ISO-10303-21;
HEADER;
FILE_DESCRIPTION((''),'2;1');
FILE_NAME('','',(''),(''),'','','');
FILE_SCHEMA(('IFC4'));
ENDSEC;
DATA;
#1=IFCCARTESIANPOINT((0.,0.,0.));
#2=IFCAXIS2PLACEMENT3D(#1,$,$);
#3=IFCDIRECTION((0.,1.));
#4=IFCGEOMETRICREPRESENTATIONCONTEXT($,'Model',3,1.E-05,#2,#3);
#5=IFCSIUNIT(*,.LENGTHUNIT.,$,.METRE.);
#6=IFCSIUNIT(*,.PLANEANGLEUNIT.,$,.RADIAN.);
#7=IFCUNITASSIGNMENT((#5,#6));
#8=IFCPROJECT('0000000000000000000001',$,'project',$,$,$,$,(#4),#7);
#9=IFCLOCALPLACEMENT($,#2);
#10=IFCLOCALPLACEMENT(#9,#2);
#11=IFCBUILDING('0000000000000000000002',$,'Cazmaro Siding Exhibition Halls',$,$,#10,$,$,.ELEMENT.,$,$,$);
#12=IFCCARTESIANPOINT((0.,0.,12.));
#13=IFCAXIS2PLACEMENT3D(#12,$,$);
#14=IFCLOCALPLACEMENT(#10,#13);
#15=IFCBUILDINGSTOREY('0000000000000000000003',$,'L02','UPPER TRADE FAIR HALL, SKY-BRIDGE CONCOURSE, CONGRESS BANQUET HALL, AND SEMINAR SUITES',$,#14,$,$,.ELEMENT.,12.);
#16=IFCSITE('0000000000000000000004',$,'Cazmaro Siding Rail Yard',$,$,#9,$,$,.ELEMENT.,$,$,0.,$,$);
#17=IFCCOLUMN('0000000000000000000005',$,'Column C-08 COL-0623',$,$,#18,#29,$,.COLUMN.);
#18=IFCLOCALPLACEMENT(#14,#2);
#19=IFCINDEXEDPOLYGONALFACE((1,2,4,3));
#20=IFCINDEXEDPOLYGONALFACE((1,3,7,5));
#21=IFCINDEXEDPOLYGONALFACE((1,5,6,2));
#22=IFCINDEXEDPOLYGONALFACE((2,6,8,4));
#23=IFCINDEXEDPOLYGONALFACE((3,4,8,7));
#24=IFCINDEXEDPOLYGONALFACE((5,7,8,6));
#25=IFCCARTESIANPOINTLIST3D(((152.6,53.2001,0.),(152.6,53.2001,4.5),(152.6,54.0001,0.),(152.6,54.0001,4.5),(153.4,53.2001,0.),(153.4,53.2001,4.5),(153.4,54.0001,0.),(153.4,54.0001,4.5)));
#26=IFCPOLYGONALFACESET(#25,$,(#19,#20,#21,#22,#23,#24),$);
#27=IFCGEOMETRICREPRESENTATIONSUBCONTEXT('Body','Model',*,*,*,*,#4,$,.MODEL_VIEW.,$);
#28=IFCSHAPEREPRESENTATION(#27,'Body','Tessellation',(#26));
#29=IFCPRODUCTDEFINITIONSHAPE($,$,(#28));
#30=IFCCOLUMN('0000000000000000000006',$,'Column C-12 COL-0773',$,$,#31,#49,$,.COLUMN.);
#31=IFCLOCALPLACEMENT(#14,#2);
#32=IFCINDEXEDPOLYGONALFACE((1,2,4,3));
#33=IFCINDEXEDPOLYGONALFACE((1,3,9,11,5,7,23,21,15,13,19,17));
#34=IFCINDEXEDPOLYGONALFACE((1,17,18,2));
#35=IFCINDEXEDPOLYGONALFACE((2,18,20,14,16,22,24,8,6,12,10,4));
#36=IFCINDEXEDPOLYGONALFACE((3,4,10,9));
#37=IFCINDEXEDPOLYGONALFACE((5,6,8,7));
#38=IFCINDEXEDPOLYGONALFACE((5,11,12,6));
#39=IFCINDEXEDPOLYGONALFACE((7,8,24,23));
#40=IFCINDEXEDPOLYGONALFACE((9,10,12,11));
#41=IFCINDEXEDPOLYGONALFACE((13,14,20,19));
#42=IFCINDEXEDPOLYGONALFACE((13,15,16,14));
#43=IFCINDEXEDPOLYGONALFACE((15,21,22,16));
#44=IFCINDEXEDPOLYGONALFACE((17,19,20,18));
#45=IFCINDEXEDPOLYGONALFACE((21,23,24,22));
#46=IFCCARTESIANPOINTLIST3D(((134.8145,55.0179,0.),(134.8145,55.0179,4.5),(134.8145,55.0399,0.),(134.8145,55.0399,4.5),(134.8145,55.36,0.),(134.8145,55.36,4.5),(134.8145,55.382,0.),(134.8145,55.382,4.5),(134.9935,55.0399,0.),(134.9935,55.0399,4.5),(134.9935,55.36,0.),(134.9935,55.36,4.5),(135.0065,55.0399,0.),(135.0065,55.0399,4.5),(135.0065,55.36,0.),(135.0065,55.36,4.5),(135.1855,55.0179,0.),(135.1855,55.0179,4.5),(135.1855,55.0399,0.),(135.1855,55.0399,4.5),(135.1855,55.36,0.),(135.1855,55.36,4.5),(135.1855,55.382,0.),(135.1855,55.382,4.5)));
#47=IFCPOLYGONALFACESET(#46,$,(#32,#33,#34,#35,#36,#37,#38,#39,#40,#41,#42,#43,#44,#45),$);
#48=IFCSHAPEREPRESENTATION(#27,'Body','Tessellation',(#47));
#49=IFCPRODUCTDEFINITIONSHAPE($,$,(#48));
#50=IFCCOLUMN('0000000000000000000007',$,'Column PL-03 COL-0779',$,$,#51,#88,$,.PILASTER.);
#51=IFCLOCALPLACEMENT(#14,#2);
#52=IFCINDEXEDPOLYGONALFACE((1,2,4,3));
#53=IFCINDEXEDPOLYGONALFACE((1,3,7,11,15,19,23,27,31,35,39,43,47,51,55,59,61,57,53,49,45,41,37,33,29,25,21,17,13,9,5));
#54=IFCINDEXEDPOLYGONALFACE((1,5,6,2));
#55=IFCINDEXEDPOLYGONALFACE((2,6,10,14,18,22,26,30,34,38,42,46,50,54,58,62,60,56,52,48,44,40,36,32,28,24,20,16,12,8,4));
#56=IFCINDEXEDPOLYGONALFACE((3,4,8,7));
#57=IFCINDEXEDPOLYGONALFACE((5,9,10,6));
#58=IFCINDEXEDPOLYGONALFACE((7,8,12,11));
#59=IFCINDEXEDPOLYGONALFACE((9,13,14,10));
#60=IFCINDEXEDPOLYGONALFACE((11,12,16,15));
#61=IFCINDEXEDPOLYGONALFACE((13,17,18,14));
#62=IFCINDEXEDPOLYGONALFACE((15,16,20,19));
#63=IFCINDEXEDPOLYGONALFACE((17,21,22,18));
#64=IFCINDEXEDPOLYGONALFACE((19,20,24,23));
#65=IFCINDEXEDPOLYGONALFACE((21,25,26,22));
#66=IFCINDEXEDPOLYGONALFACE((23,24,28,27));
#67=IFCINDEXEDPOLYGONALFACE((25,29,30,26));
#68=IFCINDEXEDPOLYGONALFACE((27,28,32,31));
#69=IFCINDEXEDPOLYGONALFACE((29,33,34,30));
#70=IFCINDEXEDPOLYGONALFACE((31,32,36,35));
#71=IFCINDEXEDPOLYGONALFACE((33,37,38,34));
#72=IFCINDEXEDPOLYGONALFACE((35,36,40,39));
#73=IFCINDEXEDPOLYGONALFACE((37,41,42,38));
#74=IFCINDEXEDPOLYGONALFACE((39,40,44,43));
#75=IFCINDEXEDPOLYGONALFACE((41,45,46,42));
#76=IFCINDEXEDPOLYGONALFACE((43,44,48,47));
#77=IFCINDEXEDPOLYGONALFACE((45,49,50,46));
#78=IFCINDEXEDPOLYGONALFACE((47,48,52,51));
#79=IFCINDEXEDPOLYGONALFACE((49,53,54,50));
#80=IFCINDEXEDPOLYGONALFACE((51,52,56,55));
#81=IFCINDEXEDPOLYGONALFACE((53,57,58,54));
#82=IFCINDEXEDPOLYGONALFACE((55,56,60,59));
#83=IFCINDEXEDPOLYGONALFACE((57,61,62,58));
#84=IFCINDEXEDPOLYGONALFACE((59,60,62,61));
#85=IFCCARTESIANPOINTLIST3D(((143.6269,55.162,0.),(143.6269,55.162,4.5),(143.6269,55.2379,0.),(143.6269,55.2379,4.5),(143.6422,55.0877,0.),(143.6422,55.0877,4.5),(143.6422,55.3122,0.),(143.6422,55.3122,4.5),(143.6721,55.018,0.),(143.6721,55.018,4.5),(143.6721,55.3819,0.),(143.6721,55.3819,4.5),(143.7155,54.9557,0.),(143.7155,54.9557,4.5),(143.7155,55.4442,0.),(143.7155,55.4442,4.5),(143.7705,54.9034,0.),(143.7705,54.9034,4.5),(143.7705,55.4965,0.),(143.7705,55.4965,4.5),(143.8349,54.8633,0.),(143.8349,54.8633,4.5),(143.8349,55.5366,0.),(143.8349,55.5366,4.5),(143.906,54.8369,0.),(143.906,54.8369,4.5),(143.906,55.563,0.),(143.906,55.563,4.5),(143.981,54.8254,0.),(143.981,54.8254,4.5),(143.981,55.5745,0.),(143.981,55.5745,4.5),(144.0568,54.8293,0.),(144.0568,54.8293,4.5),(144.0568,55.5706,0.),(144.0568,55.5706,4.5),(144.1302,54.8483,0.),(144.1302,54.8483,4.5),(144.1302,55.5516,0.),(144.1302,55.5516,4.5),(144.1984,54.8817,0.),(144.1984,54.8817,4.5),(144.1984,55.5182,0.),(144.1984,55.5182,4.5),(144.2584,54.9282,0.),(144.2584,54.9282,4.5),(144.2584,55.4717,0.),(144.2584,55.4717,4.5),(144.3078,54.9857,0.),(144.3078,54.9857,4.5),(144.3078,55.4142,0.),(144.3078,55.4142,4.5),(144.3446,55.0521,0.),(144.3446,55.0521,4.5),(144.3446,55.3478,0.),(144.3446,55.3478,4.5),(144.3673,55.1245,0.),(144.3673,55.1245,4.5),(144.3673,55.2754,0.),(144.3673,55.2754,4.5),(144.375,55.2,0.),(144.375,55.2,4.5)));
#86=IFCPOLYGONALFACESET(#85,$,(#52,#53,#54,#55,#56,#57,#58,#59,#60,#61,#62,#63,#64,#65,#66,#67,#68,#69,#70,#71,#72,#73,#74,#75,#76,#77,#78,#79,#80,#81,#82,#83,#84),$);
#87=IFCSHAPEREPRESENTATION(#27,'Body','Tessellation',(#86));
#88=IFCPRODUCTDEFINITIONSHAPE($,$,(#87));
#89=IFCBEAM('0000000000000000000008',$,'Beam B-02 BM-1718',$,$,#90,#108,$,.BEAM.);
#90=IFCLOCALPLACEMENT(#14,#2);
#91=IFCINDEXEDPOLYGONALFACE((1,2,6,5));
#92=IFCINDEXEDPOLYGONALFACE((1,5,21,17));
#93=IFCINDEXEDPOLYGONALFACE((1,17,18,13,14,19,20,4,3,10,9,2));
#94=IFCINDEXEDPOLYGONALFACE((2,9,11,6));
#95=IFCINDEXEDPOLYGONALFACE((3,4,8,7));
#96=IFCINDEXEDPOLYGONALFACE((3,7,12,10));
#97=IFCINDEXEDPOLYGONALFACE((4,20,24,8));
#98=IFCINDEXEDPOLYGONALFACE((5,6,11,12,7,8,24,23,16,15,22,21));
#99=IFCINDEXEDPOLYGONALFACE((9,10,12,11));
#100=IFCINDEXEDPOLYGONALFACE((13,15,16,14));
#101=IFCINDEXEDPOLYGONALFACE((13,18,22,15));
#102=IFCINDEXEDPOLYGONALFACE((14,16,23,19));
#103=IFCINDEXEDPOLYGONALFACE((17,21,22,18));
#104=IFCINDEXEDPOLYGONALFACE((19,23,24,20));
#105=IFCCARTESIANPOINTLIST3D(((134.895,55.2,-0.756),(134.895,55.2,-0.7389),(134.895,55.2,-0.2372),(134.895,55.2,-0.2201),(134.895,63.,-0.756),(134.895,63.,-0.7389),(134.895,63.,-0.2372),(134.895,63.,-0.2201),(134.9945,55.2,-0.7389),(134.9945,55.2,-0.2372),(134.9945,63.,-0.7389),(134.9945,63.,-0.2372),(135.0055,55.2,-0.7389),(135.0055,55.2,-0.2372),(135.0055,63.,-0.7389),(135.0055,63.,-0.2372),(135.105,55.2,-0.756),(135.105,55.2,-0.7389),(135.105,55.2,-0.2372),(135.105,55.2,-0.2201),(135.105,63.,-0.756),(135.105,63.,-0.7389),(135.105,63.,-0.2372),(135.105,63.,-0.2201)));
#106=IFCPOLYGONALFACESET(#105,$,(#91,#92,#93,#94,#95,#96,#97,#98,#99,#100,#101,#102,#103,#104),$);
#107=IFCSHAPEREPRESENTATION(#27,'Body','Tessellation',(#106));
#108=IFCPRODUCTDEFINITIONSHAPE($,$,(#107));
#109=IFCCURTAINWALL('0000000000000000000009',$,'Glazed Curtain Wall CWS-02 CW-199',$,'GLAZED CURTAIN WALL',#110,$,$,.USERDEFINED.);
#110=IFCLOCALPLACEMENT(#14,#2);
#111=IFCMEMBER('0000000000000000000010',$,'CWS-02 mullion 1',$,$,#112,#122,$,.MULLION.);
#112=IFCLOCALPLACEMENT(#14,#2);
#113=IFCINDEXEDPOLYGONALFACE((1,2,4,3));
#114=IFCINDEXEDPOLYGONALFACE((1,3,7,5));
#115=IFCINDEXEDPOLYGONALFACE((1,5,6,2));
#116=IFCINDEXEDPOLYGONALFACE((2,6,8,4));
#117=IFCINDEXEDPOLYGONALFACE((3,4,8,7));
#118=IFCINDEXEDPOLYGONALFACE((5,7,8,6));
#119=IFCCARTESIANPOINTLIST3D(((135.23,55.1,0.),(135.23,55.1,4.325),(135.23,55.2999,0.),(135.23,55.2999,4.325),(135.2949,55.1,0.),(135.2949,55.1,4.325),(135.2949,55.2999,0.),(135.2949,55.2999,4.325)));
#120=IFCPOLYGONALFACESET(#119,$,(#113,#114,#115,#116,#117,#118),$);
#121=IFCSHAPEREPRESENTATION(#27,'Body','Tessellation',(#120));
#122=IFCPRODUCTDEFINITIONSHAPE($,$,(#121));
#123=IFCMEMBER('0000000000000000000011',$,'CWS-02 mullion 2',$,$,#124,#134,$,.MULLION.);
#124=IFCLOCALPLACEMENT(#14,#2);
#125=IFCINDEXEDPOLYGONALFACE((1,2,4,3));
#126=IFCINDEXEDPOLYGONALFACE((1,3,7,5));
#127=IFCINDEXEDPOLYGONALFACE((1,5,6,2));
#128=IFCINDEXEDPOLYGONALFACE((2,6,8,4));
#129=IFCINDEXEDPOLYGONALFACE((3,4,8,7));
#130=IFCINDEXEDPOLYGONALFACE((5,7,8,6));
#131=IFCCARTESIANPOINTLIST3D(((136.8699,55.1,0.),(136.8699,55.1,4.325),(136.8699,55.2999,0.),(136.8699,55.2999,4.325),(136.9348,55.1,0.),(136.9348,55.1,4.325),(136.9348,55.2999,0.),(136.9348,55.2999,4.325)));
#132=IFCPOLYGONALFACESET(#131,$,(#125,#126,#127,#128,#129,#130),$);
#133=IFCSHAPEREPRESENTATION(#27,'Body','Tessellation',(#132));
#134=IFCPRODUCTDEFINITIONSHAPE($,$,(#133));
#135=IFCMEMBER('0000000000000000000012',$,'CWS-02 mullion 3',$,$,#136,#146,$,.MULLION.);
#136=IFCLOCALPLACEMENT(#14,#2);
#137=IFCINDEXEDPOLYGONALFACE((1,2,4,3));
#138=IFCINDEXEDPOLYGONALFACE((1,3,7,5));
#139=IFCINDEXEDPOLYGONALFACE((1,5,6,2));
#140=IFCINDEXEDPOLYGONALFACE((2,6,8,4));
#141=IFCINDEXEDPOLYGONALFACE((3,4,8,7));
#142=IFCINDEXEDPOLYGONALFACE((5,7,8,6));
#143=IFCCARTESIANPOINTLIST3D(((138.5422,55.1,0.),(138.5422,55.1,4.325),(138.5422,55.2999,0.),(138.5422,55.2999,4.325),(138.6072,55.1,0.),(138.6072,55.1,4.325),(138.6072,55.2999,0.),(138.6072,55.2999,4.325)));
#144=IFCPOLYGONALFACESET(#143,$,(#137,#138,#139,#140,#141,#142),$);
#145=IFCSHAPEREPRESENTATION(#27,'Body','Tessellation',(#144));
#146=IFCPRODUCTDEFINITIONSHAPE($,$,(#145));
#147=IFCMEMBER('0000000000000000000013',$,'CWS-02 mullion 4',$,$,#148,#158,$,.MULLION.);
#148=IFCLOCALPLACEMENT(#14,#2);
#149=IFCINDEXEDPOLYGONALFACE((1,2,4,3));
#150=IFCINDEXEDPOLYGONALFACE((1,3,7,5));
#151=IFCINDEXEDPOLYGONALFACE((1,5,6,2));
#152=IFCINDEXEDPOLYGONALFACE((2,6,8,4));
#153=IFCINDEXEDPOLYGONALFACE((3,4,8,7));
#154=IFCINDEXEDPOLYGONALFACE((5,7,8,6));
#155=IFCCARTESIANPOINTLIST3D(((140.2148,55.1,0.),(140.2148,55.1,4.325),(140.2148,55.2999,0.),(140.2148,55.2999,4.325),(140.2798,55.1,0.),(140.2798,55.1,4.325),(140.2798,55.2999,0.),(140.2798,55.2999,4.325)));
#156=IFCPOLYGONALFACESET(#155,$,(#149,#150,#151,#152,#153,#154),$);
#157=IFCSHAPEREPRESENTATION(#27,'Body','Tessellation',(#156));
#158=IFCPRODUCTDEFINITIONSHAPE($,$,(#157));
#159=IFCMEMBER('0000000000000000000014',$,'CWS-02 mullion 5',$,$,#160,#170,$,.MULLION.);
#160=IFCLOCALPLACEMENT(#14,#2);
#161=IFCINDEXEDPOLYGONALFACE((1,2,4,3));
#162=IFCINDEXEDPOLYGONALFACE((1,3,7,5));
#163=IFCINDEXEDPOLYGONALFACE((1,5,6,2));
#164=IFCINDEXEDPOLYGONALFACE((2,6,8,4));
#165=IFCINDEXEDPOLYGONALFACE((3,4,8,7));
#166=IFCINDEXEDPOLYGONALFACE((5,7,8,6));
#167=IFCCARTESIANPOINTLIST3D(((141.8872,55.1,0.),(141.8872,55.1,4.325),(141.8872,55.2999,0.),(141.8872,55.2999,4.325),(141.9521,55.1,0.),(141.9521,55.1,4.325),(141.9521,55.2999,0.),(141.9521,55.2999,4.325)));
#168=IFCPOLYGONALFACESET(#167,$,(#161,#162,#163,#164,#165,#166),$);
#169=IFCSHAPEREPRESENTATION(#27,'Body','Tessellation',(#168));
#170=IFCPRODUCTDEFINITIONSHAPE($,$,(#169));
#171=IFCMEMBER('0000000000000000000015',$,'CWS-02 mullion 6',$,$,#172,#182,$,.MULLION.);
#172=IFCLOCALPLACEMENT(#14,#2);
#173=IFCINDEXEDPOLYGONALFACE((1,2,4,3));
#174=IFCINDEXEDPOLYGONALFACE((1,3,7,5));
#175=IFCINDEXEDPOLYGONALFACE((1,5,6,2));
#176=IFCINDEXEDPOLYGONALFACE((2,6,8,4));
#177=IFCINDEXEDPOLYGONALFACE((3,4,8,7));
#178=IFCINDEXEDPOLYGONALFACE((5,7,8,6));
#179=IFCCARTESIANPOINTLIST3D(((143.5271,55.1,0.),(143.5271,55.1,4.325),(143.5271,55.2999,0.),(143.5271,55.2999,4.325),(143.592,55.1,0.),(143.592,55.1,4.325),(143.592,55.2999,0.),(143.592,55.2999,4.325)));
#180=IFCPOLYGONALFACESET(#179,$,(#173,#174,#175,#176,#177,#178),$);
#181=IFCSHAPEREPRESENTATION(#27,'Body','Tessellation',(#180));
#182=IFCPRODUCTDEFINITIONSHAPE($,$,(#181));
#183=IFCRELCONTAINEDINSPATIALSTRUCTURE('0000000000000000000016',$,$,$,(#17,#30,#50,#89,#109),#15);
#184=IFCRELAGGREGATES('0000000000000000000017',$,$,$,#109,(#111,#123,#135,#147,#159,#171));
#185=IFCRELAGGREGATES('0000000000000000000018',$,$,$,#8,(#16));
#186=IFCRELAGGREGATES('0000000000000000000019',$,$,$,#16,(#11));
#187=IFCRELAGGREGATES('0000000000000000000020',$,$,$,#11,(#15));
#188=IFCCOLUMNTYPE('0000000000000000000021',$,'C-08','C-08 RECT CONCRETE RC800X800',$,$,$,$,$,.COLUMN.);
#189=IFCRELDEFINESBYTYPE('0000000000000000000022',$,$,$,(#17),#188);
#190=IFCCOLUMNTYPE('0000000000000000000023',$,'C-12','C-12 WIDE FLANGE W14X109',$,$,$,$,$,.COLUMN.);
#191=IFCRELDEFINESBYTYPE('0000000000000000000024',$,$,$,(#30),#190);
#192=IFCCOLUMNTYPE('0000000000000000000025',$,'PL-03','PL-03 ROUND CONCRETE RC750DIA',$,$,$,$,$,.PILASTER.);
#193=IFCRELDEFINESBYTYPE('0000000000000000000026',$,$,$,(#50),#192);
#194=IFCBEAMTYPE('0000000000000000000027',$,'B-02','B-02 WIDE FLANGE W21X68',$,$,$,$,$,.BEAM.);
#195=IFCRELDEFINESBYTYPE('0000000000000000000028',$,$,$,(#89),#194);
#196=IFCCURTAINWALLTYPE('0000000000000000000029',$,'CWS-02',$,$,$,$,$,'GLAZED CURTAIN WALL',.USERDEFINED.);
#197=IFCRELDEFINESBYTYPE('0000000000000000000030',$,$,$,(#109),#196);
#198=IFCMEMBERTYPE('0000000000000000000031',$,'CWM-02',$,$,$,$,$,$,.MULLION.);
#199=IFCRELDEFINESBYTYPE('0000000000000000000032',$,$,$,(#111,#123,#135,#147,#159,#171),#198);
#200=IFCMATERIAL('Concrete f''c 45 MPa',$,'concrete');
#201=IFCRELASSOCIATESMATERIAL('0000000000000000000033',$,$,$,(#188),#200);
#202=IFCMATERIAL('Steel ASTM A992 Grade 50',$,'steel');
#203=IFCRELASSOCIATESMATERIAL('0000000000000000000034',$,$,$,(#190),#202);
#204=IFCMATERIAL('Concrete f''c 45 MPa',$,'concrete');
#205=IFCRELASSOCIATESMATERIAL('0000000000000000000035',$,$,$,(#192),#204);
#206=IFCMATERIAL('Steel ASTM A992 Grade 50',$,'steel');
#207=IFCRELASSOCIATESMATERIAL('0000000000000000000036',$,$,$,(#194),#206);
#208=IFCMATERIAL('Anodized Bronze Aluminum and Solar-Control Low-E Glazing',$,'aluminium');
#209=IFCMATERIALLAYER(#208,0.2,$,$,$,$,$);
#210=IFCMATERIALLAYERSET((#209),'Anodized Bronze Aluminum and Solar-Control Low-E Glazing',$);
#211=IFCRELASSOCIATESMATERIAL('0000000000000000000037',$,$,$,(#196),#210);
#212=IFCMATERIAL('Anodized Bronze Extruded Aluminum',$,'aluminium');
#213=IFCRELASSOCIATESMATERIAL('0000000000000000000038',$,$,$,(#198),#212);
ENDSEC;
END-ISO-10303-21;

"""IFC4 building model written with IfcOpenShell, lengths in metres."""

from ifc_helpers import new_model, si_unit, direction, frame, origin, origin_2d, place, context, subcontext, project, spatial, rectangle, circle, i_section, extrude, material, layer, layer_set, material_profile, profile_set, type_object, element, aggregate, save


model = new_model("IFC4")

# Units and contexts
model_context = context("Model", 3, precision=1e-05, world=origin(), true_north=direction((0.0, 1.0)))
body_context = subcontext(model_context, "Body", "Model", "MODEL_VIEW")
ifc_project = project(units=[si_unit("LENGTHUNIT", "METRE"), si_unit("PLANEANGLEUNIT", "RADIAN")], contexts=[model_context])

# Site, building, storey
site_placement = place(None, origin())
site = spatial("IfcSite", under=ifc_project, at=site_placement, Name="Cazmaro Siding Rail Yard", CompositionType="ELEMENT", RefElevation=0.0)
building_placement = place(site_placement, origin())
building = spatial("IfcBuilding", under=site, at=building_placement, Name="Cazmaro Siding Exhibition Halls", CompositionType="ELEMENT")
storey_placement = place(building_placement, frame((0.0, 0.0, 12.0)))
storey = spatial("IfcBuildingStorey", under=building, at=storey_placement, Name="L02", Description="UPPER TRADE FAIR HALL, SKY-BRIDGE CONCOURSE, CONGRESS BANQUET HALL, AND SEMINAR SUITES", CompositionType="ELEMENT", Elevation=12.0)

# Columns
ifc_material_1 = material(Name="Concrete f'c 45 MPa", Category="concrete")
ifc_material_profile_1 = material_profile(ifc_material_1, rectangle(XDim=0.8, YDim=0.8, at=origin_2d()), Name="RC800X800")
ifc_profile_set_1 = profile_set([ifc_material_profile_1], Name="Concrete f'c 45 MPa")
column_type_1 = type_object("IfcColumnType", Name="C-08", Description="C-08 RECT CONCRETE RC800X800", PredefinedType="COLUMN", material=ifc_profile_set_1)
column_1_placement = place(storey_placement, frame((153.0, 53.6001, 0.0), z_axis=(0.0, 0.0, 1.0), x_axis=(1.0, 0.0, 0.0)))
element("IfcColumn", 1, at=column_1_placement, inside=storey, type_object=column_type_1, Name="Column C-08 COL-0623", PredefinedType="COLUMN", context=body_context, shape_type="SweptSolid", body=[
    extrude(rectangle(XDim=0.8, YDim=0.8, at=origin_2d()), origin(), (0.0, 0.0, 1.0), 4.5),
])
ifc_material_2 = material(Name="Steel ASTM A992 Grade 50", Category="steel")
ifc_material_profile_2 = material_profile(ifc_material_2, i_section(OverallWidth=0.3711, OverallDepth=0.364, WebThickness=0.0129, FlangeThickness=0.022, at=origin_2d()), Name="W14X109")
ifc_profile_set_2 = profile_set([ifc_material_profile_2], Name="Steel ASTM A992 Grade 50")
column_type_2 = type_object("IfcColumnType", Name="C-12", Description="C-12 WIDE FLANGE W14X109", PredefinedType="COLUMN", material=ifc_profile_set_2)
column_2_placement = place(storey_placement, frame((135.0, 55.2, 0.0), z_axis=(0.0, 0.0, 1.0), x_axis=(1.0, 0.0, 0.0)))
element("IfcColumn", 2, at=column_2_placement, inside=storey, type_object=column_type_2, Name="Column C-12 COL-0773", PredefinedType="COLUMN", context=body_context, shape_type="SweptSolid", body=[
    extrude(i_section(OverallWidth=0.3711, OverallDepth=0.364, WebThickness=0.0129, FlangeThickness=0.022, at=origin_2d()), origin(), (0.0, 0.0, 1.0), 4.5),
])
ifc_material_3 = material(Name="Concrete f'c 45 MPa", Category="concrete")
ifc_material_profile_3 = material_profile(ifc_material_3, circle(Radius=0.375, at=origin_2d()), Name="RC750DIA")
ifc_profile_set_3 = profile_set([ifc_material_profile_3], Name="Concrete f'c 45 MPa")
column_type_3 = type_object("IfcColumnType", Name="PL-03", Description="PL-03 ROUND CONCRETE RC750DIA", PredefinedType="PILASTER", material=ifc_profile_set_3)
column_3_placement = place(storey_placement, frame((144.0, 55.2, 0.0), z_axis=(0.0, 0.0, 1.0), x_axis=(1.0, 0.0, 0.0)))
element("IfcColumn", 3, at=column_3_placement, inside=storey, type_object=column_type_3, Name="Column PL-03 COL-0779", PredefinedType="PILASTER", context=body_context, shape_type="SweptSolid", body=[
    extrude(circle(Radius=0.375, at=origin_2d()), origin(), (0.0, 0.0, 1.0), 4.5),
])

# Beam
ifc_material_4 = material(Name="Steel ASTM A992 Grade 50", Category="steel")
ifc_material_profile_4 = material_profile(ifc_material_4, i_section(OverallWidth=0.21, OverallDepth=0.5359, WebThickness=0.011, FlangeThickness=0.0171, at=origin_2d()), Name="W21X68")
ifc_profile_set_4 = profile_set([ifc_material_profile_4], Name="Steel ASTM A992 Grade 50")
beam_type_1 = type_object("IfcBeamType", Name="B-02", Description="B-02 WIDE FLANGE W21X68", PredefinedType="BEAM", material=ifc_profile_set_4)
beam_placement = place(storey_placement, frame((135.0, 55.2, -0.488), z_axis=(0.0, 1.0, 0.0), x_axis=(-1.0, 0.0, 0.0)))
element("IfcBeam", 4, at=beam_placement, inside=storey, type_object=beam_type_1, Name="Beam B-02 BM-1718", PredefinedType="BEAM", context=body_context, shape_type="SweptSolid", body=[
    extrude(i_section(OverallWidth=0.21, OverallDepth=0.5359, WebThickness=0.011, FlangeThickness=0.0171, at=origin_2d()), origin(), (0.0, 0.0, 1.0), 7.8),
])

# Curtain wall, members
ifc_material_5 = material(Name="Anodized Bronze Aluminum and Solar-Control Low-E Glazing", Category="aluminium")
ifc_layer_1 = layer(ifc_material_5, 0.2)
ifc_layer_set_1 = layer_set([ifc_layer_1], Name="Anodized Bronze Aluminum and Solar-Control Low-E Glazing")
curtain_wall_type = type_object("IfcCurtainWallType", Name="CWS-02", ElementType="GLAZED CURTAIN WALL", PredefinedType="USERDEFINED", material=ifc_layer_set_1)
curtain_wall_placement = place(storey_placement, origin())
curtain_wall = element("IfcCurtainWall", 5, at=curtain_wall_placement, inside=storey, type_object=curtain_wall_type, Name="Glazed Curtain Wall CWS-02 CW-199", ObjectType="GLAZED CURTAIN WALL", PredefinedType="USERDEFINED")
ifc_material_6 = material(Name="Anodized Bronze Extruded Aluminum", Category="aluminium")
ifc_material_profile_5 = material_profile(ifc_material_6, rectangle(XDim=0.2, YDim=0.0649, at=origin_2d()), Name="CWM-02")
ifc_profile_set_5 = profile_set([ifc_material_profile_5], Name="Anodized Bronze Extruded Aluminum")
member_type_1 = type_object("IfcMemberType", Name="CWM-02", PredefinedType="MULLION", material=ifc_profile_set_5)
member_1_placement = place(storey_placement, frame((135.2625, 55.2, 0.0), z_axis=(0.0, 0.0, 1.0), x_axis=(0.0, 1.0, 0.0)))
member_1 = element("IfcMember", 6, at=member_1_placement, type_object=member_type_1, Name="CWS-02 mullion 1", PredefinedType="MULLION", context=body_context, shape_type="SweptSolid", body=[
    extrude(rectangle(XDim=0.2, YDim=0.0649, at=origin_2d()), origin(), (0.0, 0.0, 1.0), 4.325),
])
member_2_placement = place(storey_placement, frame((136.9023, 55.2, 0.0), z_axis=(0.0, 0.0, 1.0), x_axis=(0.0, 1.0, 0.0)))
member_2 = element("IfcMember", 7, at=member_2_placement, type_object=member_type_1, Name="CWS-02 mullion 2", PredefinedType="MULLION", context=body_context, shape_type="SweptSolid", body=[
    extrude(rectangle(XDim=0.2, YDim=0.0649, at=origin_2d()), origin(), (0.0, 0.0, 1.0), 4.325),
])
member_3_placement = place(storey_placement, frame((138.5747, 55.2, 0.0), z_axis=(0.0, 0.0, 1.0), x_axis=(0.0, 1.0, 0.0)))
member_3 = element("IfcMember", 8, at=member_3_placement, type_object=member_type_1, Name="CWS-02 mullion 3", PredefinedType="MULLION", context=body_context, shape_type="SweptSolid", body=[
    extrude(rectangle(XDim=0.2, YDim=0.0649, at=origin_2d()), origin(), (0.0, 0.0, 1.0), 4.325),
])
member_4_placement = place(storey_placement, frame((140.2473, 55.2, 0.0), z_axis=(0.0, 0.0, 1.0), x_axis=(0.0, 1.0, 0.0)))
member_4 = element("IfcMember", 9, at=member_4_placement, type_object=member_type_1, Name="CWS-02 mullion 4", PredefinedType="MULLION", context=body_context, shape_type="SweptSolid", body=[
    extrude(rectangle(XDim=0.2, YDim=0.0649, at=origin_2d()), origin(), (0.0, 0.0, 1.0), 4.325),
])
member_5_placement = place(storey_placement, frame((141.9197, 55.2, 0.0), z_axis=(0.0, 0.0, 1.0), x_axis=(0.0, 1.0, 0.0)))
member_5 = element("IfcMember", 10, at=member_5_placement, type_object=member_type_1, Name="CWS-02 mullion 5", PredefinedType="MULLION", context=body_context, shape_type="SweptSolid", body=[
    extrude(rectangle(XDim=0.2, YDim=0.0649, at=origin_2d()), origin(), (0.0, 0.0, 1.0), 4.325),
])
member_6_placement = place(storey_placement, frame((143.5596, 55.2, 0.0), z_axis=(0.0, 0.0, 1.0), x_axis=(0.0, 1.0, 0.0)))
member_6 = element("IfcMember", 11, at=member_6_placement, type_object=member_type_1, Name="CWS-02 mullion 6", PredefinedType="MULLION", context=body_context, shape_type="SweptSolid", body=[
    extrude(rectangle(XDim=0.2, YDim=0.0649, at=origin_2d()), origin(), (0.0, 0.0, 1.0), 4.325),
])

aggregate(curtain_wall, [member_1, member_2, member_3, member_4, member_5, member_6])

save(model, "model.ifc")
